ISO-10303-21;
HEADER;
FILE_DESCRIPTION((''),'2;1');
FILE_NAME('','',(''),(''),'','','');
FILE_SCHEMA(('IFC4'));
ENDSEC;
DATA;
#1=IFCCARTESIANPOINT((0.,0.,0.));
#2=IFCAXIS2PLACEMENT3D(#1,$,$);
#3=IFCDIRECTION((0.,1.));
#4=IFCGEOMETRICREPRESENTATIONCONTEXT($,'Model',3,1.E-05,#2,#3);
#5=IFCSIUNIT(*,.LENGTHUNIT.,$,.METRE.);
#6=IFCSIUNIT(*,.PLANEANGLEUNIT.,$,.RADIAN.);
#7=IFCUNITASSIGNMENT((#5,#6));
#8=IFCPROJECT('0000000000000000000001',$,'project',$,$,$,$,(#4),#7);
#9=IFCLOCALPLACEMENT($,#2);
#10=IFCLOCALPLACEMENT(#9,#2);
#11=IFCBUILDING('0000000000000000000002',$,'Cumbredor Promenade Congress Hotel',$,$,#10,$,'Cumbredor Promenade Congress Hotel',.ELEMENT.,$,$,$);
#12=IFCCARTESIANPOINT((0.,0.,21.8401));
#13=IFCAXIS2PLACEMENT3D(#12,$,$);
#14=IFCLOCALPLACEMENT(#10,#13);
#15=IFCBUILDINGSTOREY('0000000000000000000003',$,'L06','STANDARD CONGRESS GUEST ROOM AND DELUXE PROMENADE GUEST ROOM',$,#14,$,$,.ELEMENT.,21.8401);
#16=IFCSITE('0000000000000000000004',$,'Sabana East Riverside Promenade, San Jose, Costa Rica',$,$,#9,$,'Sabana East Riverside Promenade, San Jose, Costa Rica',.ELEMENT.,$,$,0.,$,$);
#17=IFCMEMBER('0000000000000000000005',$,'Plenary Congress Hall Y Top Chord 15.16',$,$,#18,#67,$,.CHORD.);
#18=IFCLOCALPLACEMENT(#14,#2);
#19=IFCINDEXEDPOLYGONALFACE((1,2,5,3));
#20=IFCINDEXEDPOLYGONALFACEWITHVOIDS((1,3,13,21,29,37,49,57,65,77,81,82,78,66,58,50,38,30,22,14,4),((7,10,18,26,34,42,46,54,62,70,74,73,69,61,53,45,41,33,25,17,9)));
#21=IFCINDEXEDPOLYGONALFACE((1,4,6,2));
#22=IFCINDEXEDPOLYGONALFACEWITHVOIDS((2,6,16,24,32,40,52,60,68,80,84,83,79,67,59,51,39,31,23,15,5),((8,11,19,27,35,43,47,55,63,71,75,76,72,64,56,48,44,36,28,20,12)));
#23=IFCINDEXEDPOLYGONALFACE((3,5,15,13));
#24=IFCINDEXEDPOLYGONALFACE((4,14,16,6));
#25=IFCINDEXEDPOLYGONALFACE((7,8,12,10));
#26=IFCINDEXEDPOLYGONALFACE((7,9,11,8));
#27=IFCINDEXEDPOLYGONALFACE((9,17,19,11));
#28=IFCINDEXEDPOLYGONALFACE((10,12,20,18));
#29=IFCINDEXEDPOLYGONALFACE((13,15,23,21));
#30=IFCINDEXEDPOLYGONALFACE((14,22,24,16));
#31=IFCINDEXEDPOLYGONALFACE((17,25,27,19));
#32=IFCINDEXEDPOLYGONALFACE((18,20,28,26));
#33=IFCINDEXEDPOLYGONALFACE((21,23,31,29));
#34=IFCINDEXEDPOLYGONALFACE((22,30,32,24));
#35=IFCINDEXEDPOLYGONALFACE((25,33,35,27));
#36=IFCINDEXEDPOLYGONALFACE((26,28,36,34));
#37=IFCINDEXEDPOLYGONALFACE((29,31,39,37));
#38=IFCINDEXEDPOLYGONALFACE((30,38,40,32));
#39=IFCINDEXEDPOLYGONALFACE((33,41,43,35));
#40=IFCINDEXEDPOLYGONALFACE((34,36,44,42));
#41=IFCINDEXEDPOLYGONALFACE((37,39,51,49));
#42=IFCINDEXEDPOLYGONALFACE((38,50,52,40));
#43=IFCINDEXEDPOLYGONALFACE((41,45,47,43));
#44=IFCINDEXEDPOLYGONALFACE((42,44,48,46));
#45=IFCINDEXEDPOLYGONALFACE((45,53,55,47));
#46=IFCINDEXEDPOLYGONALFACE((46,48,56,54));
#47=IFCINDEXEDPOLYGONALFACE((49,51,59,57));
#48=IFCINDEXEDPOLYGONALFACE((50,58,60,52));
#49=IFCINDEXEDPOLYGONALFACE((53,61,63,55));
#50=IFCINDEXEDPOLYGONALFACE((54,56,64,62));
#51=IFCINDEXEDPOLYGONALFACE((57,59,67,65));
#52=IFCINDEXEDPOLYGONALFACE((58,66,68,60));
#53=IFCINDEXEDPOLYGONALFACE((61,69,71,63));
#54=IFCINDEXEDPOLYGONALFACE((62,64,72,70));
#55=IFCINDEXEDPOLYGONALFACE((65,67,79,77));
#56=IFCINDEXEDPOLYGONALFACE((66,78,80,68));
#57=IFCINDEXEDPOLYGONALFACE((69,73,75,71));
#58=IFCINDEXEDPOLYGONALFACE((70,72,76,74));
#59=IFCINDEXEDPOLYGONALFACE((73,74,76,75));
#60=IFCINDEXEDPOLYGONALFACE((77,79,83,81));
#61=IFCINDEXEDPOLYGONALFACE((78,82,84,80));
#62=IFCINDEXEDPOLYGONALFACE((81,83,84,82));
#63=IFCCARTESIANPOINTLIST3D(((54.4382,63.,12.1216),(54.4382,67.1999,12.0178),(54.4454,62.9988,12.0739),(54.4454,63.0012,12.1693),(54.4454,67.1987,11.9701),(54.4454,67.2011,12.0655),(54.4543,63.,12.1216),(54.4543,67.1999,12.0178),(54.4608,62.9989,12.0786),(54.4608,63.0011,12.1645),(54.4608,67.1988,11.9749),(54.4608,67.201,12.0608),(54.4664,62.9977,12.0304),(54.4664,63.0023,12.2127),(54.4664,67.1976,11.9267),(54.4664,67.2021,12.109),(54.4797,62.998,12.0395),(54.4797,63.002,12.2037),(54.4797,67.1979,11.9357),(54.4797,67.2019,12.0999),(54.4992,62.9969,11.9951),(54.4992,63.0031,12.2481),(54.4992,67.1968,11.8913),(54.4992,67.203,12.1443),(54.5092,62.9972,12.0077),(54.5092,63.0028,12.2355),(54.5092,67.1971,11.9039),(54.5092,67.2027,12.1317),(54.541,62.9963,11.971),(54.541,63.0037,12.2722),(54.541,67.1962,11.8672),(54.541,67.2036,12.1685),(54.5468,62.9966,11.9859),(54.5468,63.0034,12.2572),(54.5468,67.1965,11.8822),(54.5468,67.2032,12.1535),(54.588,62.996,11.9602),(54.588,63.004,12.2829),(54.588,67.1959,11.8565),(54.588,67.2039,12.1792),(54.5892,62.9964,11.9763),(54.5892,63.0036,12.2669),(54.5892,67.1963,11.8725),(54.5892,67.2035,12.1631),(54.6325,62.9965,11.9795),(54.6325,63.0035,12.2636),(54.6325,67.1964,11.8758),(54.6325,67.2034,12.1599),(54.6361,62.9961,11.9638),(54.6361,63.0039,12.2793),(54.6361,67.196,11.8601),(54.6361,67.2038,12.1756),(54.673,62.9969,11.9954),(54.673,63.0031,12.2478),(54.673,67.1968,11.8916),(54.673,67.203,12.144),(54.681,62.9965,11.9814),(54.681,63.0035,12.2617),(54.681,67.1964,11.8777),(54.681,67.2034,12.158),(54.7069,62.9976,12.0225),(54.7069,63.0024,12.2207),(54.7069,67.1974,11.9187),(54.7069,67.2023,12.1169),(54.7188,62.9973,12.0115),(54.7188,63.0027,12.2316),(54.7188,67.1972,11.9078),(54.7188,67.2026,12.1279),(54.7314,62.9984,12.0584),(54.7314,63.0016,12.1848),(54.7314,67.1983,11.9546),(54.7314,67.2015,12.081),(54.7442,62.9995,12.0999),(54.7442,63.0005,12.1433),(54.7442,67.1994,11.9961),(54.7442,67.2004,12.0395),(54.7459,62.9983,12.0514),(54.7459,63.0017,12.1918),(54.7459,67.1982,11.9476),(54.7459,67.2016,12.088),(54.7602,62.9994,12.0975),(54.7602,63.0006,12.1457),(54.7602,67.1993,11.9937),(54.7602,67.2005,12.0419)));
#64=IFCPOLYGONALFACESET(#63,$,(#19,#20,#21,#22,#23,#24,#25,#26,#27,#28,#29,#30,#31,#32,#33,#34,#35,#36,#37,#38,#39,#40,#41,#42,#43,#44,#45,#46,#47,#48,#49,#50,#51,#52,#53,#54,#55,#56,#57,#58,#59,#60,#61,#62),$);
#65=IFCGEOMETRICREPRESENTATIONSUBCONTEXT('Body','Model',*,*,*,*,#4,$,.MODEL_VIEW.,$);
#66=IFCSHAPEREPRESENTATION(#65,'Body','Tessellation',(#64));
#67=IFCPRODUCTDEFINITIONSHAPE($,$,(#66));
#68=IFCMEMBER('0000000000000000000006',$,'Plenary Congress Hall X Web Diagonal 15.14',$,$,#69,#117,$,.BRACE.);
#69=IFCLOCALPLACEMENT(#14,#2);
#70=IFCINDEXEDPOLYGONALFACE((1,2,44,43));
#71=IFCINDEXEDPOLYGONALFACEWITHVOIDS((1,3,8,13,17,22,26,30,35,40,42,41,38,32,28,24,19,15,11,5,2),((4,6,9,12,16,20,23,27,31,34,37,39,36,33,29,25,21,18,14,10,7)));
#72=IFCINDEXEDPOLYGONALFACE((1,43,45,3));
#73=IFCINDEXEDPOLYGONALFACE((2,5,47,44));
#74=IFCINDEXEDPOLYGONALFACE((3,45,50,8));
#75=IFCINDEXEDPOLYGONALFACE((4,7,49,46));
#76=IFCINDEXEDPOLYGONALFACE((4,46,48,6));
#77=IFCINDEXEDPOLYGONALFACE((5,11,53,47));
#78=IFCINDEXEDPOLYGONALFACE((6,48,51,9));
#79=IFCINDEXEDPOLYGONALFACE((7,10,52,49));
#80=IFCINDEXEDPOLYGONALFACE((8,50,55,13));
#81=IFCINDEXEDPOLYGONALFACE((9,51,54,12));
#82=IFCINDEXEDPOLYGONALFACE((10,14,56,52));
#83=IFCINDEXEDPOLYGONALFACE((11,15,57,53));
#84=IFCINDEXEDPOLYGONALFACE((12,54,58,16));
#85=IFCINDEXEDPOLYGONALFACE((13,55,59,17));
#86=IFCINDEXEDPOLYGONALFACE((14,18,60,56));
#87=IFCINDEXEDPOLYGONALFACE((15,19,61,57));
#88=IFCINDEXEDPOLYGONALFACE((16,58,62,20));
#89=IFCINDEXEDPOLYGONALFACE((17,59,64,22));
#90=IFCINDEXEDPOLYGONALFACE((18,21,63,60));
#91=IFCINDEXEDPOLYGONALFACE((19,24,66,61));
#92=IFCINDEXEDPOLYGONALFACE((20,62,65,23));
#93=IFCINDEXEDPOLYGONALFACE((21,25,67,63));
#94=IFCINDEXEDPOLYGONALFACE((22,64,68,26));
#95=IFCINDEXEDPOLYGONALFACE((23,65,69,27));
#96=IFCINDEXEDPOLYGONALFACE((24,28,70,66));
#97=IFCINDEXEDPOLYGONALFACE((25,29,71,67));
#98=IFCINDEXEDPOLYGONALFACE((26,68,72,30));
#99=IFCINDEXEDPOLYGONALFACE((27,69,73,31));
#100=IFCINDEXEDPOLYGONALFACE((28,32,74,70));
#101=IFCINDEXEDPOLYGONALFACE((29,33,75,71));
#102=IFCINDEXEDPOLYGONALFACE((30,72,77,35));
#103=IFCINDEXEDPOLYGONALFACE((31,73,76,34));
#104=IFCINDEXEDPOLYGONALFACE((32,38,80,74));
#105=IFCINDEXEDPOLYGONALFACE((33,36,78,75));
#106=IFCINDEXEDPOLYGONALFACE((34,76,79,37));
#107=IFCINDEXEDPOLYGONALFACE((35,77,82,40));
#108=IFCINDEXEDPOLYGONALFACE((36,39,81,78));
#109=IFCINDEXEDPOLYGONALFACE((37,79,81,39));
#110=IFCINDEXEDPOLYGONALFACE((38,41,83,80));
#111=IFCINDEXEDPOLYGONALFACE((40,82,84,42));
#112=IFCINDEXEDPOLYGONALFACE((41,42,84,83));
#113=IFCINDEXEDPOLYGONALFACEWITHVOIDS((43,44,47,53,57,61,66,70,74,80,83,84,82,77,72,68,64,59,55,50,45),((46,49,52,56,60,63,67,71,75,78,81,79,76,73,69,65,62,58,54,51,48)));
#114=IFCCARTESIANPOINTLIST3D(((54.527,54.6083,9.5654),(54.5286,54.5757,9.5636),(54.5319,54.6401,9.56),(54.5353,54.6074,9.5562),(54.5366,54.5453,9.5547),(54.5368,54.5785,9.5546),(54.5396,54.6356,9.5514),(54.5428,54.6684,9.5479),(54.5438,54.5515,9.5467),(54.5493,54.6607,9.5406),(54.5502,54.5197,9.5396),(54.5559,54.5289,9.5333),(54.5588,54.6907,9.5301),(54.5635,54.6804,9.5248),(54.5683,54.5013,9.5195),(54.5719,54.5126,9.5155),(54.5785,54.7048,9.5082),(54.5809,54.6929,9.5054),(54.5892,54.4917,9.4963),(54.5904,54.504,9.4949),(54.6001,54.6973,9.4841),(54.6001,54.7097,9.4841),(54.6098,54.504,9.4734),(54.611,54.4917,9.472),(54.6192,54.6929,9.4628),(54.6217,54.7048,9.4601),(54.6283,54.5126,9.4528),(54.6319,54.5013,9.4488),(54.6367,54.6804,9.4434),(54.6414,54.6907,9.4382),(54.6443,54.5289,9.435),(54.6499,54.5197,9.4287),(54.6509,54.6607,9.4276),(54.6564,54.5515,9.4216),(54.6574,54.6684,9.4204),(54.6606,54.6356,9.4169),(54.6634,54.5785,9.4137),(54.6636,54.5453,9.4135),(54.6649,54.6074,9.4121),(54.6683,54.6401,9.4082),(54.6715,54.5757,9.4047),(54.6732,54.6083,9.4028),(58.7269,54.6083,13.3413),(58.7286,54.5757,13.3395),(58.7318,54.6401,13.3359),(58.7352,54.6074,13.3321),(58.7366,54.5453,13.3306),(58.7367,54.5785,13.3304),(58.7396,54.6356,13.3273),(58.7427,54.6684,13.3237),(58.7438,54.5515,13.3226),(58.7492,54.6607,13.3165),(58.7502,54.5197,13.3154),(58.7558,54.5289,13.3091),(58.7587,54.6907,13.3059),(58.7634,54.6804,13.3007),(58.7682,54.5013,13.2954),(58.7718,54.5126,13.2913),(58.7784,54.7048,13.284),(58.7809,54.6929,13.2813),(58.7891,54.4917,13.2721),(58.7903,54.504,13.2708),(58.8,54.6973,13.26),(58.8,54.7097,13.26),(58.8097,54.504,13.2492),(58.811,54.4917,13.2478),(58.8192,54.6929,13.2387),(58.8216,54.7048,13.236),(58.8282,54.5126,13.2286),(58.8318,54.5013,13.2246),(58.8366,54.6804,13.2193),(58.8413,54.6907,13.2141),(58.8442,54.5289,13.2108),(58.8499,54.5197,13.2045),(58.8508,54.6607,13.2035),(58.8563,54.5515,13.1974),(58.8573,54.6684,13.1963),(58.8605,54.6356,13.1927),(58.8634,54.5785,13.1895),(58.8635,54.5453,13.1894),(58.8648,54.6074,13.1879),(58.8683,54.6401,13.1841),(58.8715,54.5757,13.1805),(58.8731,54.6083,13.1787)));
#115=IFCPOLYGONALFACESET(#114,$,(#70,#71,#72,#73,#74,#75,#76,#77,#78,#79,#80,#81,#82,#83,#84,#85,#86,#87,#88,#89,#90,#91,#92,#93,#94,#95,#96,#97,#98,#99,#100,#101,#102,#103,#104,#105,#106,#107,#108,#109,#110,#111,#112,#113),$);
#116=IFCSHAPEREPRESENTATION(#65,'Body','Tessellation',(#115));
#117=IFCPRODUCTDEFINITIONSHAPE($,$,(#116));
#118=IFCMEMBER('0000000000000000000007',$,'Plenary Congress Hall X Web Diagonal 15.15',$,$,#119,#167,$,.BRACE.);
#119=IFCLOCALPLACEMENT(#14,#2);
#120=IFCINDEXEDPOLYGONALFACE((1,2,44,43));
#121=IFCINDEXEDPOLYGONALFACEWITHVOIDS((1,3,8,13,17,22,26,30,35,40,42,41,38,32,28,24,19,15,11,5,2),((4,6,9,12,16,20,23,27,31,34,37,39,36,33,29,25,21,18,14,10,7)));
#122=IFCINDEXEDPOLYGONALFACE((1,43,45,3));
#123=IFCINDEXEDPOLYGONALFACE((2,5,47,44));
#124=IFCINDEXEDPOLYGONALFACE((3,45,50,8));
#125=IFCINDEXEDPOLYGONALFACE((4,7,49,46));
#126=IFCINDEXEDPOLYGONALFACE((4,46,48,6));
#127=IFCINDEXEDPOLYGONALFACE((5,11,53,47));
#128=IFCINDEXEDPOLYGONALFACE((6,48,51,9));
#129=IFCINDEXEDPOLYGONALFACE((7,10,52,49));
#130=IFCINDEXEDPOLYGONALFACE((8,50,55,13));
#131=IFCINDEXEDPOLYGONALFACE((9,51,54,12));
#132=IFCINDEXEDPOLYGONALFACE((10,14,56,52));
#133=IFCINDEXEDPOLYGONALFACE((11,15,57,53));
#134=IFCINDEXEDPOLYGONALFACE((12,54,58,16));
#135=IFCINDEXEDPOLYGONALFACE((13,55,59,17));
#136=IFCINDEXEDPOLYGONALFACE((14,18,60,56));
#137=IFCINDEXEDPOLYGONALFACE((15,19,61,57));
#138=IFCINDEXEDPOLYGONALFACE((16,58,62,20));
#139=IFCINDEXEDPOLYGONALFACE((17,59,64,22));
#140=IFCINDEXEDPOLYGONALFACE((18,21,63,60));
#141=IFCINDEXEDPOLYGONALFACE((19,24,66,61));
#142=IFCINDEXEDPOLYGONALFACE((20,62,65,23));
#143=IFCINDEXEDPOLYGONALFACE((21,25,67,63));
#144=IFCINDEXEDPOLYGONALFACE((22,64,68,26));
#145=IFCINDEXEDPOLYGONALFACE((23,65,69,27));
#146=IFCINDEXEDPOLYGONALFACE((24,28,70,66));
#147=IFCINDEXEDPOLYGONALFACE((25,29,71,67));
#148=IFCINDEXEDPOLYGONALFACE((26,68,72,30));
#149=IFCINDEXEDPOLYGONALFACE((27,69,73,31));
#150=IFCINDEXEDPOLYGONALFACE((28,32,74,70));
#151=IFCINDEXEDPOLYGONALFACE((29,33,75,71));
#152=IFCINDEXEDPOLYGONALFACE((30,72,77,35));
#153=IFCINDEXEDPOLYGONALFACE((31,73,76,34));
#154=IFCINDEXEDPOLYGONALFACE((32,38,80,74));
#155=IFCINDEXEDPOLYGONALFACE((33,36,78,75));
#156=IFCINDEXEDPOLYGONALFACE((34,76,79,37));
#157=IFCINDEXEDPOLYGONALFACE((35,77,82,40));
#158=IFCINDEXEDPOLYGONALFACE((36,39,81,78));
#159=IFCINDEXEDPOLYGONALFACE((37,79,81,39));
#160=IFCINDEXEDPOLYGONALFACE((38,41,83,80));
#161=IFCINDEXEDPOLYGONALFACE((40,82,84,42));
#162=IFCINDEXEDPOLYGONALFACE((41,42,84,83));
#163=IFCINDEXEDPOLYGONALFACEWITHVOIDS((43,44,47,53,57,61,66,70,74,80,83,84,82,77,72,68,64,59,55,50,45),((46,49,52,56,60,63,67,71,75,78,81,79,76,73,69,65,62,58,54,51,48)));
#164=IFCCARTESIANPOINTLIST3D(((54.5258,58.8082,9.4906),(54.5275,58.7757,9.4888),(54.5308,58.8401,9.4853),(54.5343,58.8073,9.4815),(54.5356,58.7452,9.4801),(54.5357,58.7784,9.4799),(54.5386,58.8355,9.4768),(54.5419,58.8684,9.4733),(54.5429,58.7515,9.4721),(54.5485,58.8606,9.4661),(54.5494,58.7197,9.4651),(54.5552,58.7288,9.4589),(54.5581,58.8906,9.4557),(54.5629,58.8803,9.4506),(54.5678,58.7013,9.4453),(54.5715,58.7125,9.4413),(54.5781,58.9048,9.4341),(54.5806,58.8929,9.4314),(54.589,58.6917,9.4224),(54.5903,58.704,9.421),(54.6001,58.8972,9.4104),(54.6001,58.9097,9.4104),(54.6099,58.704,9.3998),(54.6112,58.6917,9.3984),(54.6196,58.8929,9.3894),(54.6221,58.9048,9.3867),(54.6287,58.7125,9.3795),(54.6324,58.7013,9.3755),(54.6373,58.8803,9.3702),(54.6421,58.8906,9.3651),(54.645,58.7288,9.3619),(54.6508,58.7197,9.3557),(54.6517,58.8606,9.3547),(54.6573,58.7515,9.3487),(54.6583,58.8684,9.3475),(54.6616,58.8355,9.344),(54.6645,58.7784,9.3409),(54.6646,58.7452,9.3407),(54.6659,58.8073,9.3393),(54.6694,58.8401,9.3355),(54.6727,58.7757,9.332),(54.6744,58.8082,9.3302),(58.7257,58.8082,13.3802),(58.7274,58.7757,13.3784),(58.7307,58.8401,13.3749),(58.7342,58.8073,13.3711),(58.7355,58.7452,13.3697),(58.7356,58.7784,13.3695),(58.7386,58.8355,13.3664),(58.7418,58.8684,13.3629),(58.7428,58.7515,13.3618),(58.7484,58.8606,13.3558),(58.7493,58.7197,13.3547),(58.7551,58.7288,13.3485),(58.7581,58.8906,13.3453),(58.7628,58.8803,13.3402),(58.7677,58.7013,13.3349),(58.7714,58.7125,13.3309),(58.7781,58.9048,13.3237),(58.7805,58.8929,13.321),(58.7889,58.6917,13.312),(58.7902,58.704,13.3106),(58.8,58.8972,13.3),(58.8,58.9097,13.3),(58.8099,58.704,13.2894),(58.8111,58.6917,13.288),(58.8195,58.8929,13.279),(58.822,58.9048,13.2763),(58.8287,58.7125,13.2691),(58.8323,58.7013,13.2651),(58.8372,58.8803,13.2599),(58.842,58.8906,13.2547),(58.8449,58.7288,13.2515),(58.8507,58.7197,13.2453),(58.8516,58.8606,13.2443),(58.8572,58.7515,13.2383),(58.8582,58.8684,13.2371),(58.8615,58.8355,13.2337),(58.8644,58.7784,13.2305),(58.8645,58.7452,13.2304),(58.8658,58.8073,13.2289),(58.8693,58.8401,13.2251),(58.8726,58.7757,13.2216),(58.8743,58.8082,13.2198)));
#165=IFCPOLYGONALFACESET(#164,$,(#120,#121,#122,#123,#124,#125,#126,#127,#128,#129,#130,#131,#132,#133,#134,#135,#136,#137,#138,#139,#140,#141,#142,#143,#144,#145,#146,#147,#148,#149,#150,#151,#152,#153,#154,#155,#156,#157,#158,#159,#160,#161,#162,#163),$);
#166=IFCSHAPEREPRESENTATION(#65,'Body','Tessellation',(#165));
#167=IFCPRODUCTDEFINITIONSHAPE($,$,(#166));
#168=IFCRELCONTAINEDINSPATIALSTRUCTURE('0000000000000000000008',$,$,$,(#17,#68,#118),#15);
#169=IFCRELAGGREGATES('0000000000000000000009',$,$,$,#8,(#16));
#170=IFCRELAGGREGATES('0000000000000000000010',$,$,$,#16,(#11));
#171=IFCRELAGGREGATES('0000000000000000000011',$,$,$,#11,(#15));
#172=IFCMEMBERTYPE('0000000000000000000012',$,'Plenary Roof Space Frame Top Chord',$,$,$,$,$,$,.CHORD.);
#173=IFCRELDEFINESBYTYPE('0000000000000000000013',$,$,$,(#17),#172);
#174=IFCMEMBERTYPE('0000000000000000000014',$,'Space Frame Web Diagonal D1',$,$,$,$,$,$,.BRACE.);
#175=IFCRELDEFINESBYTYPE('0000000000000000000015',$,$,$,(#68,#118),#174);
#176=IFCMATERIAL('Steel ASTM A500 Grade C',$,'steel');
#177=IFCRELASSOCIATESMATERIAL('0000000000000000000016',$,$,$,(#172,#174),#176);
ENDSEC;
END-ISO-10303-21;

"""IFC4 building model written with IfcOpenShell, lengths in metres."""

from ifc_helpers import new_model, si_unit, direction, frame, origin, origin_2d, place, context, subcontext, project, spatial, hollow_circle, extrude, material, material_profile, profile_set, type_object, element, save


model = new_model("IFC4")

# Units and contexts
model_context = context("Model", 3, precision=1e-05, world=origin(), true_north=direction((0.0, 1.0)))
body_context = subcontext(model_context, "Body", "Model", "MODEL_VIEW")
ifc_project = project(units=[si_unit("LENGTHUNIT", "METRE"), si_unit("PLANEANGLEUNIT", "RADIAN")], contexts=[model_context])

# Site, building, storey
site_placement = place(None, origin())
site = spatial("IfcSite", under=ifc_project, at=site_placement, Name="Sabana East Riverside Promenade, San Jose, Costa Rica", LongName="Sabana East Riverside Promenade, San Jose, Costa Rica", CompositionType="ELEMENT", RefElevation=0.0)
building_placement = place(site_placement, origin())
building = spatial("IfcBuilding", under=site, at=building_placement, Name="Cumbredor Promenade Congress Hotel", LongName="Cumbredor Promenade Congress Hotel", CompositionType="ELEMENT")
storey_placement = place(building_placement, frame((0.0, 0.0, 21.8401)))
storey = spatial("IfcBuildingStorey", under=building, at=storey_placement, Name="L06", Description="STANDARD CONGRESS GUEST ROOM AND DELUXE PROMENADE GUEST ROOM", CompositionType="ELEMENT", Elevation=21.8401)

# Members
ifc_material_1 = material(Name="Steel ASTM A500 Grade C", Category="steel")
ifc_material_profile_1 = material_profile(ifc_material_1, hollow_circle(Radius=0.1619, WallThickness=0.0161, at=origin_2d()), Name="CHS 323.9x16")
ifc_profile_set_1 = profile_set([ifc_material_profile_1], Name="Steel ASTM A500 Grade C")
member_type_1 = type_object("IfcMemberType", Name="Plenary Roof Space Frame Top Chord", PredefinedType="CHORD", material=ifc_profile_set_1)
member_1_placement = place(storey_placement, frame((54.6001, 63.0, 12.1216), z_axis=(0.0, 0.999695, -0.024697), x_axis=(-1.0, 0.0, 0.0)))
element("IfcMember", 1, at=member_1_placement, inside=storey, type_object=member_type_1, Name="Plenary Congress Hall Y Top Chord 15.16", PredefinedType="CHORD", context=body_context, shape_type="SweptSolid", body=[
    extrude(hollow_circle(Radius=0.1619, WallThickness=0.0161, at=origin_2d()), origin(), (0.0, 0.0, 1.0), 4.2012),
])
ifc_material_profile_2 = material_profile(ifc_material_1, hollow_circle(Radius=0.1096, WallThickness=0.0125, at=origin_2d()), Name="CHS 219.1x12.5")
ifc_profile_set_2 = profile_set([ifc_material_profile_2], Name="Steel ASTM A500 Grade C")
member_type_2 = type_object("IfcMemberType", Name="Space Frame Web Diagonal D1", PredefinedType="BRACE", material=ifc_profile_set_2)
member_2_placement = place(storey_placement, frame((54.6001, 54.6001, 9.4841), z_axis=(0.743653, 0.0, 0.668566), x_axis=(0.0, 1.0, 0.0)))
element("IfcMember", 2, at=member_2_placement, inside=storey, type_object=member_type_2, Name="Plenary Congress Hall X Web Diagonal 15.14", PredefinedType="BRACE", context=body_context, shape_type="SweptSolid", body=[
    extrude(hollow_circle(Radius=0.1096, WallThickness=0.0125, at=origin_2d()), origin(), (0.0, 0.0, 1.0), 5.6477),
])
member_3_placement = place(storey_placement, frame((54.6001, 58.8, 9.4104), z_axis=(0.733691, 0.0, 0.679484), x_axis=(0.0, 1.0, 0.0)))
element("IfcMember", 3, at=member_3_placement, inside=storey, type_object=member_type_2, Name="Plenary Congress Hall X Web Diagonal 15.15", PredefinedType="BRACE", context=body_context, shape_type="SweptSolid", body=[
    extrude(hollow_circle(Radius=0.1096, WallThickness=0.0125, at=origin_2d()), origin(), (0.0, 0.0, 1.0), 5.7244),
])

save(model, "model.ifc")
